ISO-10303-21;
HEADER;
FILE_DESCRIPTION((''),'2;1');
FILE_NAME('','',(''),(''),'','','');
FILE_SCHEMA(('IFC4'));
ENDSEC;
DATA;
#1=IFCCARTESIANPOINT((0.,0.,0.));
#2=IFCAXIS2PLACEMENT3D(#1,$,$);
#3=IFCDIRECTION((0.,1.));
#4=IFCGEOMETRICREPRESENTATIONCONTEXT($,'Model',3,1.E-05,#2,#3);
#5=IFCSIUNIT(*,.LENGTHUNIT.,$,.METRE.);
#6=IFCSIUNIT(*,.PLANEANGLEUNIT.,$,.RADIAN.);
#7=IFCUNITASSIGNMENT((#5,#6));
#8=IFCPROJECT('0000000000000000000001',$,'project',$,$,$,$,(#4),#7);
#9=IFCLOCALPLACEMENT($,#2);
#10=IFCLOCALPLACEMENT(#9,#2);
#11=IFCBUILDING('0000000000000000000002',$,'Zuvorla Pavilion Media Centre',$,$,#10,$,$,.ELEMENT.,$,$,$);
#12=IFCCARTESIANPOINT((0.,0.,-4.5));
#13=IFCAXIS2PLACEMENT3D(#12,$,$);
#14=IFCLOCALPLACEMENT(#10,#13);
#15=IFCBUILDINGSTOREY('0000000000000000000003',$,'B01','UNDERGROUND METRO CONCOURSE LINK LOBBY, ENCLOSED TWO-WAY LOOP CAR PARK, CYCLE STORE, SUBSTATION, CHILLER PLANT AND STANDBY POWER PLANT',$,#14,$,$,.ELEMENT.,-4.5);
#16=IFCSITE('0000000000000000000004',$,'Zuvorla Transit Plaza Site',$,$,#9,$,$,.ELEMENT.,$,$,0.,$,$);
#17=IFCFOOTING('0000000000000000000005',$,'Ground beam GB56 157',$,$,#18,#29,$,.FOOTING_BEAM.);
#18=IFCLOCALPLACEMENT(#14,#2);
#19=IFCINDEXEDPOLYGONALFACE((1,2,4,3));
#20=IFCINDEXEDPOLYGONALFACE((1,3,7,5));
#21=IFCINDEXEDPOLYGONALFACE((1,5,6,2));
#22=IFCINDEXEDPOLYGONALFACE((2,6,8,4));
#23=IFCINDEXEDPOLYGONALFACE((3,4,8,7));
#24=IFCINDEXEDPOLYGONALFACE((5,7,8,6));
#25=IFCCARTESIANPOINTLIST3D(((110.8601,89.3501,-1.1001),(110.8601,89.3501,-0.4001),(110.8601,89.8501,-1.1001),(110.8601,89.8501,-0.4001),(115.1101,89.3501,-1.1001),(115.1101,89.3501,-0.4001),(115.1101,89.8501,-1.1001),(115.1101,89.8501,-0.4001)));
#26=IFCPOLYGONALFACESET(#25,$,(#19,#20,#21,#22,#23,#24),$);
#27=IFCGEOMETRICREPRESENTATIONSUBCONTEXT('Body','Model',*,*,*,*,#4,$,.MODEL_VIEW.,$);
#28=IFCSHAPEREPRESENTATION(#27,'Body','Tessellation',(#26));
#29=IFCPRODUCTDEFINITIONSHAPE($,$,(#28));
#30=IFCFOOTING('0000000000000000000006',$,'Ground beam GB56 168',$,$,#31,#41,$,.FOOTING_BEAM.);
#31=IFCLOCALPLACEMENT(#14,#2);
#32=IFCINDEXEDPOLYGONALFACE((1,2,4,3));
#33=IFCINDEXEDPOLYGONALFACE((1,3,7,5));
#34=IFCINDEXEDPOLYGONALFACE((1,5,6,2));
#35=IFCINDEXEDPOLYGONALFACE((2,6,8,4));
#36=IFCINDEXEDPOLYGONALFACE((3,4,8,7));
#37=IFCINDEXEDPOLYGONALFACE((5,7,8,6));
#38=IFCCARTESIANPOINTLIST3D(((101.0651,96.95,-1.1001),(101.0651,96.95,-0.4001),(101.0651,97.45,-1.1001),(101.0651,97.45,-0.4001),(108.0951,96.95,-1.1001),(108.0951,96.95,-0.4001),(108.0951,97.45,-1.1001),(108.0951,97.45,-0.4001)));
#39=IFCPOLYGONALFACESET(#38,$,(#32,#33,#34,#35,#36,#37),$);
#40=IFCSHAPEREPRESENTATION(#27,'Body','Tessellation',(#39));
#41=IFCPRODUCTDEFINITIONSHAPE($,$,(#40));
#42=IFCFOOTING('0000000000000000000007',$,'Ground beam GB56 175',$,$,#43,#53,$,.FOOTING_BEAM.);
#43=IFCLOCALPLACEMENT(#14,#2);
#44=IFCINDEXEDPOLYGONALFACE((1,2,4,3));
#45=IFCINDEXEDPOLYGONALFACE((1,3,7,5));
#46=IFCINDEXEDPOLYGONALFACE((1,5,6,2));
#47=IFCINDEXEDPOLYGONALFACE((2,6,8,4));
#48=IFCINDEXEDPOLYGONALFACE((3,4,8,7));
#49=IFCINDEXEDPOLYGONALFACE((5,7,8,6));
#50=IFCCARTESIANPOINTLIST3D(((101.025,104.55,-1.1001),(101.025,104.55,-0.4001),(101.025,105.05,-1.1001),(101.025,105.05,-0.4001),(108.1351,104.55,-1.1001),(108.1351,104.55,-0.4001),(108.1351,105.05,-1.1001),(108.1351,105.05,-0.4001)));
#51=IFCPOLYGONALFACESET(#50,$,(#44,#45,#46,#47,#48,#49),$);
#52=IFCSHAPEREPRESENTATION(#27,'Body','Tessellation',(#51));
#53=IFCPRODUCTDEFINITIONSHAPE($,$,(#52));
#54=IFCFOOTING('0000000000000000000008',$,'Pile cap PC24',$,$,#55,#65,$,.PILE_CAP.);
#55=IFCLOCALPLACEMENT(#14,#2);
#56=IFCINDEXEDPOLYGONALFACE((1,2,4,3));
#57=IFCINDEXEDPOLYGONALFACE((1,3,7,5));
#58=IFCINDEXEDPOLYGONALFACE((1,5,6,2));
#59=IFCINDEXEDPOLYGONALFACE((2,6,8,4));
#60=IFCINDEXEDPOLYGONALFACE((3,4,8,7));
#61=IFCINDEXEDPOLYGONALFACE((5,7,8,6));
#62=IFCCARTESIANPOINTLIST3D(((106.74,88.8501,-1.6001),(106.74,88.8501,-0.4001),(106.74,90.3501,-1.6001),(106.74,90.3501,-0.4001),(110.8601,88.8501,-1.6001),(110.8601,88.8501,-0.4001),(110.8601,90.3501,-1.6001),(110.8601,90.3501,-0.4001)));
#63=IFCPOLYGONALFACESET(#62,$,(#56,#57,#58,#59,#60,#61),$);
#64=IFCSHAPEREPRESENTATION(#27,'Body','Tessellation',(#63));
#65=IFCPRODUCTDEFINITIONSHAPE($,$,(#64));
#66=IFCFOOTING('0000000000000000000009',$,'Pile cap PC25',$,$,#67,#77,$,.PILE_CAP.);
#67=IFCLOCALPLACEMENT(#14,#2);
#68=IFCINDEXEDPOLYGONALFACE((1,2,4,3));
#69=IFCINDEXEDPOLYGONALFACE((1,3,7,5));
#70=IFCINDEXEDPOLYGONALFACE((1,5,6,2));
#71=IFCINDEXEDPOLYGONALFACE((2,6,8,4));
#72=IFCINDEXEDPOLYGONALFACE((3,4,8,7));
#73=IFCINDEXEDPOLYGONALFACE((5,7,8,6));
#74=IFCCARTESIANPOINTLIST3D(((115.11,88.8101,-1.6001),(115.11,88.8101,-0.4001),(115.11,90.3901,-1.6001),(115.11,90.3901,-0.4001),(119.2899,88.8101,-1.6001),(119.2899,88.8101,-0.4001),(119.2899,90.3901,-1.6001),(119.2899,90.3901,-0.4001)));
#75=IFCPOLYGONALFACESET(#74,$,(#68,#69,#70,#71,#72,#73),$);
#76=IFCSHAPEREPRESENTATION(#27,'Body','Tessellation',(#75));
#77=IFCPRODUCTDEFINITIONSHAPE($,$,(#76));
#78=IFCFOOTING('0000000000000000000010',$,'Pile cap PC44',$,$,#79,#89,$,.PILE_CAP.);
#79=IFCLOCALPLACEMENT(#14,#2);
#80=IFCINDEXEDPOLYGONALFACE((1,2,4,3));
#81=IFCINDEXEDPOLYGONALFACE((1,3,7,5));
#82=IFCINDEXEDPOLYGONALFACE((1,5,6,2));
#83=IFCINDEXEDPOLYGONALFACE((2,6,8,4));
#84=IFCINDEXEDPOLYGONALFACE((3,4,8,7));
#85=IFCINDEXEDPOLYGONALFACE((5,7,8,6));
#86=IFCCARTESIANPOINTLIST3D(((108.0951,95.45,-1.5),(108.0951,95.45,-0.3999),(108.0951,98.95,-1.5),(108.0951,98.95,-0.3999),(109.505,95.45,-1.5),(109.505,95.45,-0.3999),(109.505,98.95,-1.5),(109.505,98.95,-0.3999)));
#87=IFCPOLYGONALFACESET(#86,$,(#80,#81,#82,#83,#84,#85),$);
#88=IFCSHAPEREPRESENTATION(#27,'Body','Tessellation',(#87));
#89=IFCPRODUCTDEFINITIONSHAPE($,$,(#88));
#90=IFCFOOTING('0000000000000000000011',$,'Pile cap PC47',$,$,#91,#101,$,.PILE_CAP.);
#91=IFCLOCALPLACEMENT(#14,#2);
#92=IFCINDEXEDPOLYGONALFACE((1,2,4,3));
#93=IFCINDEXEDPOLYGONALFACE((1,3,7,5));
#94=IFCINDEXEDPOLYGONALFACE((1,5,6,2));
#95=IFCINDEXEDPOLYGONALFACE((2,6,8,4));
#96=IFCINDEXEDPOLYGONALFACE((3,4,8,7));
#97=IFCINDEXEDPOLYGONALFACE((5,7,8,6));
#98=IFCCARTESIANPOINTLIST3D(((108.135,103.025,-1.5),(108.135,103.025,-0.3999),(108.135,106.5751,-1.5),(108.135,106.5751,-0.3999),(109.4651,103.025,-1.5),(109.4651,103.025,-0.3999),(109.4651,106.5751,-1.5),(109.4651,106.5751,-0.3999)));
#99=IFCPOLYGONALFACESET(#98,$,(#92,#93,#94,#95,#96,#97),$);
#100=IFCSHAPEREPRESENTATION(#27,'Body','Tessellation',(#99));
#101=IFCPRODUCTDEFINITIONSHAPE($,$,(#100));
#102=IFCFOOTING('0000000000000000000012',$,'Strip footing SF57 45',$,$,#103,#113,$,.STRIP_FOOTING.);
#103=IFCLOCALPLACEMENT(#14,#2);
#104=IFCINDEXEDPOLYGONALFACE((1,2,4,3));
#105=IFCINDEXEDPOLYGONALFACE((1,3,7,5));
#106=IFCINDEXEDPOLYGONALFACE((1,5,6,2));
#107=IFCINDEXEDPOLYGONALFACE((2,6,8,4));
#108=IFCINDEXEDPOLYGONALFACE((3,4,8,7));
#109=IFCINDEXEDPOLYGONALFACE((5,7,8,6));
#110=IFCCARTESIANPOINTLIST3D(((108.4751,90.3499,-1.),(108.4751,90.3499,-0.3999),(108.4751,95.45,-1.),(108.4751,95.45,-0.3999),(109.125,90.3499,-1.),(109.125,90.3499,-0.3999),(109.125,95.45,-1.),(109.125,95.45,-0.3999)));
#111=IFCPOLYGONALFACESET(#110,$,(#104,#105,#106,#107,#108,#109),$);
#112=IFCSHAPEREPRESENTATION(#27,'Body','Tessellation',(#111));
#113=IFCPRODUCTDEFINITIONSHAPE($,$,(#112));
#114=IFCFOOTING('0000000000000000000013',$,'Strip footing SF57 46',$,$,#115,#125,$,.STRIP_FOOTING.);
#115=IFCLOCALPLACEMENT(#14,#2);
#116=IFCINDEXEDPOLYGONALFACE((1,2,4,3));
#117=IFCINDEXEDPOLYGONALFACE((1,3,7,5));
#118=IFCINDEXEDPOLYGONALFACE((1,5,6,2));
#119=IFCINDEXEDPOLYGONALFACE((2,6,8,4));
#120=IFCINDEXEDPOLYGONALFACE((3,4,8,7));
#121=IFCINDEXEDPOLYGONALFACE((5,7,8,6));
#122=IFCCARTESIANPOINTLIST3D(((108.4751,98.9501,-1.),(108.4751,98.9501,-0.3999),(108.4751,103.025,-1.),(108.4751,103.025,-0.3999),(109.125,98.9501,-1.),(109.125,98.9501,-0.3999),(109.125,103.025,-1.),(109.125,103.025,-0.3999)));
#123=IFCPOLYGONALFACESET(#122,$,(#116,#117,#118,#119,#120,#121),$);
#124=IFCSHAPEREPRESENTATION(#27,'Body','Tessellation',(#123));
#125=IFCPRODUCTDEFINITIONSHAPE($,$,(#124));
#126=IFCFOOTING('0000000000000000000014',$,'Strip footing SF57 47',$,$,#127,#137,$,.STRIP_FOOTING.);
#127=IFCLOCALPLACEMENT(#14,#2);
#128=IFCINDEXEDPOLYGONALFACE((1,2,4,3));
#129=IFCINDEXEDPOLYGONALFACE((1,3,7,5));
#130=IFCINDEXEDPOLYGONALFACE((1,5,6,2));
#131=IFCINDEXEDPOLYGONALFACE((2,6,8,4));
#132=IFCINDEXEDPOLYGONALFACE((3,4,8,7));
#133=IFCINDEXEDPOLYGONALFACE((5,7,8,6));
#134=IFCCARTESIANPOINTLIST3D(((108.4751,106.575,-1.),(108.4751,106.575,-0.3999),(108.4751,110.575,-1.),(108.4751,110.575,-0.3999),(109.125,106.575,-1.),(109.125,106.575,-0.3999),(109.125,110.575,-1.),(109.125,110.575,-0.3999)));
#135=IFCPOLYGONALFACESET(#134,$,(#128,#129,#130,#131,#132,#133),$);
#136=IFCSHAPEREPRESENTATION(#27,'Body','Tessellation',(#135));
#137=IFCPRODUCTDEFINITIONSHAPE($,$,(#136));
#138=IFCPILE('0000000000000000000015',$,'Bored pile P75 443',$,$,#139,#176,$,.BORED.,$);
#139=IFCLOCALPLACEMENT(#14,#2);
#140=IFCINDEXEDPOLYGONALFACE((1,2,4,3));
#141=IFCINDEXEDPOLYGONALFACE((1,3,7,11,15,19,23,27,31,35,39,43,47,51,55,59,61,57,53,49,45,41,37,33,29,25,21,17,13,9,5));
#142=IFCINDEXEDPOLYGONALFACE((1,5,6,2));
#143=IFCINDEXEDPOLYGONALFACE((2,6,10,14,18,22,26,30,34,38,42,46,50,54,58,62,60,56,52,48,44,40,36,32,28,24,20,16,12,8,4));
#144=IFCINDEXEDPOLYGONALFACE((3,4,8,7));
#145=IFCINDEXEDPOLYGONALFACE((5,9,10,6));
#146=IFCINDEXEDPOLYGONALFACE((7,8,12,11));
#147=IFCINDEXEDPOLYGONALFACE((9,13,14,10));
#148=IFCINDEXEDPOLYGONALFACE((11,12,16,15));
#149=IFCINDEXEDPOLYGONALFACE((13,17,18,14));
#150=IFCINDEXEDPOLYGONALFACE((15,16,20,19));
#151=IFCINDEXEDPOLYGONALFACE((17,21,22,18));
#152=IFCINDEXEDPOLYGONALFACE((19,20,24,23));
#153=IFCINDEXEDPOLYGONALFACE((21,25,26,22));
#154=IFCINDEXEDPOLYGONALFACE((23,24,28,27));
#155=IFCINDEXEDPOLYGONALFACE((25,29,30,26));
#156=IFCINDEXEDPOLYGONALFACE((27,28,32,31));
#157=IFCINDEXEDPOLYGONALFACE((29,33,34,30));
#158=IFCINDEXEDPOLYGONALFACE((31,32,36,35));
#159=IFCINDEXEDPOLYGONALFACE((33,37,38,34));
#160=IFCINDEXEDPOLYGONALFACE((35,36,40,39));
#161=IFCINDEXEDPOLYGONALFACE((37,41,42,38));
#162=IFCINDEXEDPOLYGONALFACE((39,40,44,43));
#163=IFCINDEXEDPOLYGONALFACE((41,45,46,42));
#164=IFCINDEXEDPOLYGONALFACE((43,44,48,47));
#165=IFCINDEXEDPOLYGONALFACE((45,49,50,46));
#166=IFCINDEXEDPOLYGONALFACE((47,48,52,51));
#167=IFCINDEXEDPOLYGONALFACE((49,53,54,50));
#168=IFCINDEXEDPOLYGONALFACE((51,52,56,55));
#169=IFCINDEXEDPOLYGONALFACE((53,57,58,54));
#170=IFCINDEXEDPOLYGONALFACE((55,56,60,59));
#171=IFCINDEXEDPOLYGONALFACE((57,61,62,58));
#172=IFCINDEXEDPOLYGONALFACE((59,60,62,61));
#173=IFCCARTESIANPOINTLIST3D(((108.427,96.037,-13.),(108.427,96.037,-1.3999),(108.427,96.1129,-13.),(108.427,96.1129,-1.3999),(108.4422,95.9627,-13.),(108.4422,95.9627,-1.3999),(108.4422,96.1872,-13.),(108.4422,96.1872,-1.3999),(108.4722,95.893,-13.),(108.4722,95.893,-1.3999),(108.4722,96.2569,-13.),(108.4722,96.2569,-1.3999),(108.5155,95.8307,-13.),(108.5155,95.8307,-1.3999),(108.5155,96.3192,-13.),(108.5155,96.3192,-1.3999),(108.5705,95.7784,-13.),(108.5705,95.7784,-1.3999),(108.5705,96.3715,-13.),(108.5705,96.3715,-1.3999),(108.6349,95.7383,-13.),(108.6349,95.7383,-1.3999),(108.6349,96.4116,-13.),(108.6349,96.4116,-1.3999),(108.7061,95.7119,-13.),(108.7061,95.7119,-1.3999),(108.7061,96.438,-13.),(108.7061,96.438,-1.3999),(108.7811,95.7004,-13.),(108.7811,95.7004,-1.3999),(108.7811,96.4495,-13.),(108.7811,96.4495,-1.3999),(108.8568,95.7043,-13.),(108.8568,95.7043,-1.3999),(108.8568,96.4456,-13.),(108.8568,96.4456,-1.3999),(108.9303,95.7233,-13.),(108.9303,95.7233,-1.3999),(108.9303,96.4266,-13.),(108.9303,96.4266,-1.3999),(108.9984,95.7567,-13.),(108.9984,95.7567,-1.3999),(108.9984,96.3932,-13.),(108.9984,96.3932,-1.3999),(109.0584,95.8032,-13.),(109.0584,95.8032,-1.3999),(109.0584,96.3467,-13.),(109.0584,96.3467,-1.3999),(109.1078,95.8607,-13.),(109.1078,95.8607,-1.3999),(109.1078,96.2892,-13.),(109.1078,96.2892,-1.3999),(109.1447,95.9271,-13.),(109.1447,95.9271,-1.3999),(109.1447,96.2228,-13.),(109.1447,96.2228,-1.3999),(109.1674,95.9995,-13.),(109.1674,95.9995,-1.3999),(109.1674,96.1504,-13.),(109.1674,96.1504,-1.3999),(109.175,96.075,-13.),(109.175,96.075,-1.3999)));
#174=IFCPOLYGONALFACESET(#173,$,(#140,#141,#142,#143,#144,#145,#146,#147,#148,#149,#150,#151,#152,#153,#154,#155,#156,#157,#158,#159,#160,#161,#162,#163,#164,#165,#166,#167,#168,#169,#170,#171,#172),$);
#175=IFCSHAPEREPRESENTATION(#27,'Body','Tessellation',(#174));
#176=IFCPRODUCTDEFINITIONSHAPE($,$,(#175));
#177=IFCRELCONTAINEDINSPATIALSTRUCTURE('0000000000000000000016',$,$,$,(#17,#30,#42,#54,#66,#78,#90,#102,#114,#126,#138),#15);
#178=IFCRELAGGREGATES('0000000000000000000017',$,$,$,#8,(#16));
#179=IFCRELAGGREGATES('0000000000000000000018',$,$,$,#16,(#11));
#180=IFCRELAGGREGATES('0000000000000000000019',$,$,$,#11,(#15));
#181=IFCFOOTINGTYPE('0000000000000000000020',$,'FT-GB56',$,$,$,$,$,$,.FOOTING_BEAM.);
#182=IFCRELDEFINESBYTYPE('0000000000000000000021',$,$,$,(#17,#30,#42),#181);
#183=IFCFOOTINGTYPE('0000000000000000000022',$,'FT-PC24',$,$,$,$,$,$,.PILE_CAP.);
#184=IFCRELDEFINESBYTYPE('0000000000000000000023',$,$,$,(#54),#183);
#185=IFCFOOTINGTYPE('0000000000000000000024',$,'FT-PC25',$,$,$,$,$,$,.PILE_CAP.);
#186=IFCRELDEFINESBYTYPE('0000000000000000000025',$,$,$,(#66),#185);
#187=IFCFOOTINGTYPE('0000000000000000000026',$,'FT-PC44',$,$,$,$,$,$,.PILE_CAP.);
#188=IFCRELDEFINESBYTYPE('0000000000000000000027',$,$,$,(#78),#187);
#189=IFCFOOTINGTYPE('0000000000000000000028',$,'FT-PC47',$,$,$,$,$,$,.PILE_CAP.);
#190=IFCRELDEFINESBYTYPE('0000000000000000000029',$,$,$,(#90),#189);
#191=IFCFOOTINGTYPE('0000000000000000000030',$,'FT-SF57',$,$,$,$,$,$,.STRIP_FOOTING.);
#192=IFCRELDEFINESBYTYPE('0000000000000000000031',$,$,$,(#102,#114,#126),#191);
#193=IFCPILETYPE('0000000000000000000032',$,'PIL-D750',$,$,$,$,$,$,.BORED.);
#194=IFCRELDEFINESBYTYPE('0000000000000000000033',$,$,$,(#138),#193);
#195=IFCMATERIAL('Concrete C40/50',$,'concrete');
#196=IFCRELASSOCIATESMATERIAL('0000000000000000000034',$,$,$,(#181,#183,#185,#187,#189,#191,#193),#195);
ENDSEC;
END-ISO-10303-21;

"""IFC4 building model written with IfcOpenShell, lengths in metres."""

from ifc_helpers import new_model, si_unit, direction, frame, origin, origin_2d, place, context, subcontext, project, spatial, rectangle, circle, extrude, material, material_profile, profile_set, type_object, element, save


model = new_model("IFC4")

# Units and contexts
model_context = context("Model", 3, precision=1e-05, world=origin(), true_north=direction((0.0, 1.0)))
body_context = subcontext(model_context, "Body", "Model", "MODEL_VIEW")
ifc_project = project(units=[si_unit("LENGTHUNIT", "METRE"), si_unit("PLANEANGLEUNIT", "RADIAN")], contexts=[model_context])

# Site, building, storey
site_placement = place(None, origin())
site = spatial("IfcSite", under=ifc_project, at=site_placement, Name="Zuvorla Transit Plaza Site", CompositionType="ELEMENT", RefElevation=0.0)
building_placement = place(site_placement, origin())
building = spatial("IfcBuilding", under=site, at=building_placement, Name="Zuvorla Pavilion Media Centre", CompositionType="ELEMENT")
storey_placement = place(building_placement, frame((0.0, 0.0, -4.5)))
storey = spatial("IfcBuildingStorey", under=building, at=storey_placement, Name="B01", Description="UNDERGROUND METRO CONCOURSE LINK LOBBY, ENCLOSED TWO-WAY LOOP CAR PARK, CYCLE STORE, SUBSTATION, CHILLER PLANT AND STANDBY POWER PLANT", CompositionType="ELEMENT", Elevation=-4.5)

# Footings
ifc_material = material(Name="Concrete C40/50", Category="concrete")
footing_type_1 = type_object("IfcFootingType", Name="FT-GB56", PredefinedType="FOOTING_BEAM", material=ifc_material)
footing_1_placement = place(storey_placement, frame((112.9851, 89.6001, -1.1001), z_axis=(0.0, 0.0, 1.0), x_axis=(1.0, 0.0, 0.0)))
element("IfcFooting", 1, at=footing_1_placement, inside=storey, type_object=footing_type_1, Name="Ground beam GB56 157", PredefinedType="FOOTING_BEAM", context=body_context, shape_type="SweptSolid", body=[
    extrude(rectangle(XDim=4.25, YDim=0.5, at=origin_2d()), origin(), (0.0, 0.0, 1.0), 0.7),
])
footing_2_placement = place(storey_placement, frame((104.5801, 97.2, -1.1001), z_axis=(0.0, 0.0, 1.0), x_axis=(1.0, 0.0, 0.0)))
element("IfcFooting", 2, at=footing_2_placement, inside=storey, type_object=footing_type_1, Name="Ground beam GB56 168", PredefinedType="FOOTING_BEAM", context=body_context, shape_type="SweptSolid", body=[
    extrude(rectangle(XDim=7.03, YDim=0.5, at=origin_2d()), origin(), (0.0, 0.0, 1.0), 0.7),
])
footing_3_placement = place(storey_placement, frame((104.5801, 104.8, -1.1001), z_axis=(0.0, 0.0, 1.0), x_axis=(1.0, 0.0, 0.0)))
element("IfcFooting", 3, at=footing_3_placement, inside=storey, type_object=footing_type_1, Name="Ground beam GB56 175", PredefinedType="FOOTING_BEAM", context=body_context, shape_type="SweptSolid", body=[
    extrude(rectangle(XDim=7.1101, YDim=0.5, at=origin_2d()), origin(), (0.0, 0.0, 1.0), 0.7),
])
footing_type_2 = type_object("IfcFootingType", Name="FT-PC24", PredefinedType="PILE_CAP", material=ifc_material)
footing_4_placement = place(storey_placement, frame((108.8, 89.6001, -1.6001), z_axis=(0.0, 0.0, 1.0), x_axis=(1.0, 0.0, 0.0)))
element("IfcFooting", 4, at=footing_4_placement, inside=storey, type_object=footing_type_2, Name="Pile cap PC24", PredefinedType="PILE_CAP", context=body_context, shape_type="SweptSolid", body=[
    extrude(rectangle(XDim=4.1201, YDim=1.5, at=origin_2d()), origin(), (0.0, 0.0, 1.0), 1.2),
])
footing_type_3 = type_object("IfcFootingType", Name="FT-PC25", PredefinedType="PILE_CAP", material=ifc_material)
footing_5_placement = place(storey_placement, frame((117.2, 89.6001, -1.6001), z_axis=(0.0, 0.0, 1.0), x_axis=(1.0, 0.0, 0.0)))
element("IfcFooting", 5, at=footing_5_placement, inside=storey, type_object=footing_type_3, Name="Pile cap PC25", PredefinedType="PILE_CAP", context=body_context, shape_type="SweptSolid", body=[
    extrude(rectangle(XDim=4.1799, YDim=1.5801, at=origin_2d()), origin(), (0.0, 0.0, 1.0), 1.2),
])
footing_type_4 = type_object("IfcFootingType", Name="FT-PC44", PredefinedType="PILE_CAP", material=ifc_material)
footing_6_placement = place(storey_placement, frame((108.8, 97.2, -1.5), z_axis=(0.0, 0.0, 1.0), x_axis=(1.0, 0.0, 0.0)))
element("IfcFooting", 6, at=footing_6_placement, inside=storey, type_object=footing_type_4, Name="Pile cap PC44", PredefinedType="PILE_CAP", context=body_context, shape_type="SweptSolid", body=[
    extrude(rectangle(XDim=1.4099, YDim=3.5, at=origin_2d()), origin(), (0.0, 0.0, 1.0), 1.1001),
])
footing_type_5 = type_object("IfcFootingType", Name="FT-PC47", PredefinedType="PILE_CAP", material=ifc_material)
footing_7_placement = place(storey_placement, frame((108.8, 104.8, -1.5), z_axis=(0.0, 0.0, 1.0), x_axis=(1.0, 0.0, 0.0)))
element("IfcFooting", 7, at=footing_7_placement, inside=storey, type_object=footing_type_5, Name="Pile cap PC47", PredefinedType="PILE_CAP", context=body_context, shape_type="SweptSolid", body=[
    extrude(rectangle(XDim=1.3301, YDim=3.55, at=origin_2d()), origin(), (0.0, 0.0, 1.0), 1.1001),
])
footing_type_6 = type_object("IfcFootingType", Name="FT-SF57", PredefinedType="STRIP_FOOTING", material=ifc_material)
footing_8_placement = place(storey_placement, frame((108.8, 92.8999, -1.0), z_axis=(0.0, 0.0, 1.0), x_axis=(0.0, 1.0, 0.0)))
element("IfcFooting", 8, at=footing_8_placement, inside=storey, type_object=footing_type_6, Name="Strip footing SF57 45", PredefinedType="STRIP_FOOTING", context=body_context, shape_type="SweptSolid", body=[
    extrude(rectangle(XDim=5.1001, YDim=0.6499, at=origin_2d()), origin(), (0.0, 0.0, 1.0), 0.6001),
])
footing_9_placement = place(storey_placement, frame((108.8, 100.9875, -1.0), z_axis=(0.0, 0.0, 1.0), x_axis=(0.0, 1.0, 0.0)))
element("IfcFooting", 9, at=footing_9_placement, inside=storey, type_object=footing_type_6, Name="Strip footing SF57 46", PredefinedType="STRIP_FOOTING", context=body_context, shape_type="SweptSolid", body=[
    extrude(rectangle(XDim=4.075, YDim=0.6499, at=origin_2d()), origin(), (0.0, 0.0, 1.0), 0.6001),
])
footing_10_placement = place(storey_placement, frame((108.8, 108.575, -1.0), z_axis=(0.0, 0.0, 1.0), x_axis=(0.0, 1.0, 0.0)))
element("IfcFooting", 10, at=footing_10_placement, inside=storey, type_object=footing_type_6, Name="Strip footing SF57 47", PredefinedType="STRIP_FOOTING", context=body_context, shape_type="SweptSolid", body=[
    extrude(rectangle(XDim=4.0, YDim=0.6499, at=origin_2d()), origin(), (0.0, 0.0, 1.0), 0.6001),
])

# Pile
ifc_material_profile_1 = material_profile(ifc_material, circle(Radius=0.375, at=origin_2d()), Name="BORED PILE 750")
ifc_profile_set_1 = profile_set([ifc_material_profile_1], Name="Concrete C40/50")
pile_type_1 = type_object("IfcPileType", Name="PIL-D750", PredefinedType="BORED", material=ifc_profile_set_1)
for number, where, z_axis, x_axis, name in (
    (11, (108.8, 96.075, -1.3999), (0.0, 0.0, -1.0), (1.0, 0.0, 0.0), "Bored pile P75 443"),
):
    element("IfcPile", number, at=place(storey_placement, frame(where, z_axis=z_axis, x_axis=x_axis)), inside=storey, type_object=pile_type_1, Name=name, PredefinedType="BORED", context=body_context, shape_type="SweptSolid", body=[
        extrude(circle(Radius=0.375, at=origin_2d()), origin(), (0.0, 0.0, 1.0), 11.6001),
    ])

save(model, "model.ifc")
